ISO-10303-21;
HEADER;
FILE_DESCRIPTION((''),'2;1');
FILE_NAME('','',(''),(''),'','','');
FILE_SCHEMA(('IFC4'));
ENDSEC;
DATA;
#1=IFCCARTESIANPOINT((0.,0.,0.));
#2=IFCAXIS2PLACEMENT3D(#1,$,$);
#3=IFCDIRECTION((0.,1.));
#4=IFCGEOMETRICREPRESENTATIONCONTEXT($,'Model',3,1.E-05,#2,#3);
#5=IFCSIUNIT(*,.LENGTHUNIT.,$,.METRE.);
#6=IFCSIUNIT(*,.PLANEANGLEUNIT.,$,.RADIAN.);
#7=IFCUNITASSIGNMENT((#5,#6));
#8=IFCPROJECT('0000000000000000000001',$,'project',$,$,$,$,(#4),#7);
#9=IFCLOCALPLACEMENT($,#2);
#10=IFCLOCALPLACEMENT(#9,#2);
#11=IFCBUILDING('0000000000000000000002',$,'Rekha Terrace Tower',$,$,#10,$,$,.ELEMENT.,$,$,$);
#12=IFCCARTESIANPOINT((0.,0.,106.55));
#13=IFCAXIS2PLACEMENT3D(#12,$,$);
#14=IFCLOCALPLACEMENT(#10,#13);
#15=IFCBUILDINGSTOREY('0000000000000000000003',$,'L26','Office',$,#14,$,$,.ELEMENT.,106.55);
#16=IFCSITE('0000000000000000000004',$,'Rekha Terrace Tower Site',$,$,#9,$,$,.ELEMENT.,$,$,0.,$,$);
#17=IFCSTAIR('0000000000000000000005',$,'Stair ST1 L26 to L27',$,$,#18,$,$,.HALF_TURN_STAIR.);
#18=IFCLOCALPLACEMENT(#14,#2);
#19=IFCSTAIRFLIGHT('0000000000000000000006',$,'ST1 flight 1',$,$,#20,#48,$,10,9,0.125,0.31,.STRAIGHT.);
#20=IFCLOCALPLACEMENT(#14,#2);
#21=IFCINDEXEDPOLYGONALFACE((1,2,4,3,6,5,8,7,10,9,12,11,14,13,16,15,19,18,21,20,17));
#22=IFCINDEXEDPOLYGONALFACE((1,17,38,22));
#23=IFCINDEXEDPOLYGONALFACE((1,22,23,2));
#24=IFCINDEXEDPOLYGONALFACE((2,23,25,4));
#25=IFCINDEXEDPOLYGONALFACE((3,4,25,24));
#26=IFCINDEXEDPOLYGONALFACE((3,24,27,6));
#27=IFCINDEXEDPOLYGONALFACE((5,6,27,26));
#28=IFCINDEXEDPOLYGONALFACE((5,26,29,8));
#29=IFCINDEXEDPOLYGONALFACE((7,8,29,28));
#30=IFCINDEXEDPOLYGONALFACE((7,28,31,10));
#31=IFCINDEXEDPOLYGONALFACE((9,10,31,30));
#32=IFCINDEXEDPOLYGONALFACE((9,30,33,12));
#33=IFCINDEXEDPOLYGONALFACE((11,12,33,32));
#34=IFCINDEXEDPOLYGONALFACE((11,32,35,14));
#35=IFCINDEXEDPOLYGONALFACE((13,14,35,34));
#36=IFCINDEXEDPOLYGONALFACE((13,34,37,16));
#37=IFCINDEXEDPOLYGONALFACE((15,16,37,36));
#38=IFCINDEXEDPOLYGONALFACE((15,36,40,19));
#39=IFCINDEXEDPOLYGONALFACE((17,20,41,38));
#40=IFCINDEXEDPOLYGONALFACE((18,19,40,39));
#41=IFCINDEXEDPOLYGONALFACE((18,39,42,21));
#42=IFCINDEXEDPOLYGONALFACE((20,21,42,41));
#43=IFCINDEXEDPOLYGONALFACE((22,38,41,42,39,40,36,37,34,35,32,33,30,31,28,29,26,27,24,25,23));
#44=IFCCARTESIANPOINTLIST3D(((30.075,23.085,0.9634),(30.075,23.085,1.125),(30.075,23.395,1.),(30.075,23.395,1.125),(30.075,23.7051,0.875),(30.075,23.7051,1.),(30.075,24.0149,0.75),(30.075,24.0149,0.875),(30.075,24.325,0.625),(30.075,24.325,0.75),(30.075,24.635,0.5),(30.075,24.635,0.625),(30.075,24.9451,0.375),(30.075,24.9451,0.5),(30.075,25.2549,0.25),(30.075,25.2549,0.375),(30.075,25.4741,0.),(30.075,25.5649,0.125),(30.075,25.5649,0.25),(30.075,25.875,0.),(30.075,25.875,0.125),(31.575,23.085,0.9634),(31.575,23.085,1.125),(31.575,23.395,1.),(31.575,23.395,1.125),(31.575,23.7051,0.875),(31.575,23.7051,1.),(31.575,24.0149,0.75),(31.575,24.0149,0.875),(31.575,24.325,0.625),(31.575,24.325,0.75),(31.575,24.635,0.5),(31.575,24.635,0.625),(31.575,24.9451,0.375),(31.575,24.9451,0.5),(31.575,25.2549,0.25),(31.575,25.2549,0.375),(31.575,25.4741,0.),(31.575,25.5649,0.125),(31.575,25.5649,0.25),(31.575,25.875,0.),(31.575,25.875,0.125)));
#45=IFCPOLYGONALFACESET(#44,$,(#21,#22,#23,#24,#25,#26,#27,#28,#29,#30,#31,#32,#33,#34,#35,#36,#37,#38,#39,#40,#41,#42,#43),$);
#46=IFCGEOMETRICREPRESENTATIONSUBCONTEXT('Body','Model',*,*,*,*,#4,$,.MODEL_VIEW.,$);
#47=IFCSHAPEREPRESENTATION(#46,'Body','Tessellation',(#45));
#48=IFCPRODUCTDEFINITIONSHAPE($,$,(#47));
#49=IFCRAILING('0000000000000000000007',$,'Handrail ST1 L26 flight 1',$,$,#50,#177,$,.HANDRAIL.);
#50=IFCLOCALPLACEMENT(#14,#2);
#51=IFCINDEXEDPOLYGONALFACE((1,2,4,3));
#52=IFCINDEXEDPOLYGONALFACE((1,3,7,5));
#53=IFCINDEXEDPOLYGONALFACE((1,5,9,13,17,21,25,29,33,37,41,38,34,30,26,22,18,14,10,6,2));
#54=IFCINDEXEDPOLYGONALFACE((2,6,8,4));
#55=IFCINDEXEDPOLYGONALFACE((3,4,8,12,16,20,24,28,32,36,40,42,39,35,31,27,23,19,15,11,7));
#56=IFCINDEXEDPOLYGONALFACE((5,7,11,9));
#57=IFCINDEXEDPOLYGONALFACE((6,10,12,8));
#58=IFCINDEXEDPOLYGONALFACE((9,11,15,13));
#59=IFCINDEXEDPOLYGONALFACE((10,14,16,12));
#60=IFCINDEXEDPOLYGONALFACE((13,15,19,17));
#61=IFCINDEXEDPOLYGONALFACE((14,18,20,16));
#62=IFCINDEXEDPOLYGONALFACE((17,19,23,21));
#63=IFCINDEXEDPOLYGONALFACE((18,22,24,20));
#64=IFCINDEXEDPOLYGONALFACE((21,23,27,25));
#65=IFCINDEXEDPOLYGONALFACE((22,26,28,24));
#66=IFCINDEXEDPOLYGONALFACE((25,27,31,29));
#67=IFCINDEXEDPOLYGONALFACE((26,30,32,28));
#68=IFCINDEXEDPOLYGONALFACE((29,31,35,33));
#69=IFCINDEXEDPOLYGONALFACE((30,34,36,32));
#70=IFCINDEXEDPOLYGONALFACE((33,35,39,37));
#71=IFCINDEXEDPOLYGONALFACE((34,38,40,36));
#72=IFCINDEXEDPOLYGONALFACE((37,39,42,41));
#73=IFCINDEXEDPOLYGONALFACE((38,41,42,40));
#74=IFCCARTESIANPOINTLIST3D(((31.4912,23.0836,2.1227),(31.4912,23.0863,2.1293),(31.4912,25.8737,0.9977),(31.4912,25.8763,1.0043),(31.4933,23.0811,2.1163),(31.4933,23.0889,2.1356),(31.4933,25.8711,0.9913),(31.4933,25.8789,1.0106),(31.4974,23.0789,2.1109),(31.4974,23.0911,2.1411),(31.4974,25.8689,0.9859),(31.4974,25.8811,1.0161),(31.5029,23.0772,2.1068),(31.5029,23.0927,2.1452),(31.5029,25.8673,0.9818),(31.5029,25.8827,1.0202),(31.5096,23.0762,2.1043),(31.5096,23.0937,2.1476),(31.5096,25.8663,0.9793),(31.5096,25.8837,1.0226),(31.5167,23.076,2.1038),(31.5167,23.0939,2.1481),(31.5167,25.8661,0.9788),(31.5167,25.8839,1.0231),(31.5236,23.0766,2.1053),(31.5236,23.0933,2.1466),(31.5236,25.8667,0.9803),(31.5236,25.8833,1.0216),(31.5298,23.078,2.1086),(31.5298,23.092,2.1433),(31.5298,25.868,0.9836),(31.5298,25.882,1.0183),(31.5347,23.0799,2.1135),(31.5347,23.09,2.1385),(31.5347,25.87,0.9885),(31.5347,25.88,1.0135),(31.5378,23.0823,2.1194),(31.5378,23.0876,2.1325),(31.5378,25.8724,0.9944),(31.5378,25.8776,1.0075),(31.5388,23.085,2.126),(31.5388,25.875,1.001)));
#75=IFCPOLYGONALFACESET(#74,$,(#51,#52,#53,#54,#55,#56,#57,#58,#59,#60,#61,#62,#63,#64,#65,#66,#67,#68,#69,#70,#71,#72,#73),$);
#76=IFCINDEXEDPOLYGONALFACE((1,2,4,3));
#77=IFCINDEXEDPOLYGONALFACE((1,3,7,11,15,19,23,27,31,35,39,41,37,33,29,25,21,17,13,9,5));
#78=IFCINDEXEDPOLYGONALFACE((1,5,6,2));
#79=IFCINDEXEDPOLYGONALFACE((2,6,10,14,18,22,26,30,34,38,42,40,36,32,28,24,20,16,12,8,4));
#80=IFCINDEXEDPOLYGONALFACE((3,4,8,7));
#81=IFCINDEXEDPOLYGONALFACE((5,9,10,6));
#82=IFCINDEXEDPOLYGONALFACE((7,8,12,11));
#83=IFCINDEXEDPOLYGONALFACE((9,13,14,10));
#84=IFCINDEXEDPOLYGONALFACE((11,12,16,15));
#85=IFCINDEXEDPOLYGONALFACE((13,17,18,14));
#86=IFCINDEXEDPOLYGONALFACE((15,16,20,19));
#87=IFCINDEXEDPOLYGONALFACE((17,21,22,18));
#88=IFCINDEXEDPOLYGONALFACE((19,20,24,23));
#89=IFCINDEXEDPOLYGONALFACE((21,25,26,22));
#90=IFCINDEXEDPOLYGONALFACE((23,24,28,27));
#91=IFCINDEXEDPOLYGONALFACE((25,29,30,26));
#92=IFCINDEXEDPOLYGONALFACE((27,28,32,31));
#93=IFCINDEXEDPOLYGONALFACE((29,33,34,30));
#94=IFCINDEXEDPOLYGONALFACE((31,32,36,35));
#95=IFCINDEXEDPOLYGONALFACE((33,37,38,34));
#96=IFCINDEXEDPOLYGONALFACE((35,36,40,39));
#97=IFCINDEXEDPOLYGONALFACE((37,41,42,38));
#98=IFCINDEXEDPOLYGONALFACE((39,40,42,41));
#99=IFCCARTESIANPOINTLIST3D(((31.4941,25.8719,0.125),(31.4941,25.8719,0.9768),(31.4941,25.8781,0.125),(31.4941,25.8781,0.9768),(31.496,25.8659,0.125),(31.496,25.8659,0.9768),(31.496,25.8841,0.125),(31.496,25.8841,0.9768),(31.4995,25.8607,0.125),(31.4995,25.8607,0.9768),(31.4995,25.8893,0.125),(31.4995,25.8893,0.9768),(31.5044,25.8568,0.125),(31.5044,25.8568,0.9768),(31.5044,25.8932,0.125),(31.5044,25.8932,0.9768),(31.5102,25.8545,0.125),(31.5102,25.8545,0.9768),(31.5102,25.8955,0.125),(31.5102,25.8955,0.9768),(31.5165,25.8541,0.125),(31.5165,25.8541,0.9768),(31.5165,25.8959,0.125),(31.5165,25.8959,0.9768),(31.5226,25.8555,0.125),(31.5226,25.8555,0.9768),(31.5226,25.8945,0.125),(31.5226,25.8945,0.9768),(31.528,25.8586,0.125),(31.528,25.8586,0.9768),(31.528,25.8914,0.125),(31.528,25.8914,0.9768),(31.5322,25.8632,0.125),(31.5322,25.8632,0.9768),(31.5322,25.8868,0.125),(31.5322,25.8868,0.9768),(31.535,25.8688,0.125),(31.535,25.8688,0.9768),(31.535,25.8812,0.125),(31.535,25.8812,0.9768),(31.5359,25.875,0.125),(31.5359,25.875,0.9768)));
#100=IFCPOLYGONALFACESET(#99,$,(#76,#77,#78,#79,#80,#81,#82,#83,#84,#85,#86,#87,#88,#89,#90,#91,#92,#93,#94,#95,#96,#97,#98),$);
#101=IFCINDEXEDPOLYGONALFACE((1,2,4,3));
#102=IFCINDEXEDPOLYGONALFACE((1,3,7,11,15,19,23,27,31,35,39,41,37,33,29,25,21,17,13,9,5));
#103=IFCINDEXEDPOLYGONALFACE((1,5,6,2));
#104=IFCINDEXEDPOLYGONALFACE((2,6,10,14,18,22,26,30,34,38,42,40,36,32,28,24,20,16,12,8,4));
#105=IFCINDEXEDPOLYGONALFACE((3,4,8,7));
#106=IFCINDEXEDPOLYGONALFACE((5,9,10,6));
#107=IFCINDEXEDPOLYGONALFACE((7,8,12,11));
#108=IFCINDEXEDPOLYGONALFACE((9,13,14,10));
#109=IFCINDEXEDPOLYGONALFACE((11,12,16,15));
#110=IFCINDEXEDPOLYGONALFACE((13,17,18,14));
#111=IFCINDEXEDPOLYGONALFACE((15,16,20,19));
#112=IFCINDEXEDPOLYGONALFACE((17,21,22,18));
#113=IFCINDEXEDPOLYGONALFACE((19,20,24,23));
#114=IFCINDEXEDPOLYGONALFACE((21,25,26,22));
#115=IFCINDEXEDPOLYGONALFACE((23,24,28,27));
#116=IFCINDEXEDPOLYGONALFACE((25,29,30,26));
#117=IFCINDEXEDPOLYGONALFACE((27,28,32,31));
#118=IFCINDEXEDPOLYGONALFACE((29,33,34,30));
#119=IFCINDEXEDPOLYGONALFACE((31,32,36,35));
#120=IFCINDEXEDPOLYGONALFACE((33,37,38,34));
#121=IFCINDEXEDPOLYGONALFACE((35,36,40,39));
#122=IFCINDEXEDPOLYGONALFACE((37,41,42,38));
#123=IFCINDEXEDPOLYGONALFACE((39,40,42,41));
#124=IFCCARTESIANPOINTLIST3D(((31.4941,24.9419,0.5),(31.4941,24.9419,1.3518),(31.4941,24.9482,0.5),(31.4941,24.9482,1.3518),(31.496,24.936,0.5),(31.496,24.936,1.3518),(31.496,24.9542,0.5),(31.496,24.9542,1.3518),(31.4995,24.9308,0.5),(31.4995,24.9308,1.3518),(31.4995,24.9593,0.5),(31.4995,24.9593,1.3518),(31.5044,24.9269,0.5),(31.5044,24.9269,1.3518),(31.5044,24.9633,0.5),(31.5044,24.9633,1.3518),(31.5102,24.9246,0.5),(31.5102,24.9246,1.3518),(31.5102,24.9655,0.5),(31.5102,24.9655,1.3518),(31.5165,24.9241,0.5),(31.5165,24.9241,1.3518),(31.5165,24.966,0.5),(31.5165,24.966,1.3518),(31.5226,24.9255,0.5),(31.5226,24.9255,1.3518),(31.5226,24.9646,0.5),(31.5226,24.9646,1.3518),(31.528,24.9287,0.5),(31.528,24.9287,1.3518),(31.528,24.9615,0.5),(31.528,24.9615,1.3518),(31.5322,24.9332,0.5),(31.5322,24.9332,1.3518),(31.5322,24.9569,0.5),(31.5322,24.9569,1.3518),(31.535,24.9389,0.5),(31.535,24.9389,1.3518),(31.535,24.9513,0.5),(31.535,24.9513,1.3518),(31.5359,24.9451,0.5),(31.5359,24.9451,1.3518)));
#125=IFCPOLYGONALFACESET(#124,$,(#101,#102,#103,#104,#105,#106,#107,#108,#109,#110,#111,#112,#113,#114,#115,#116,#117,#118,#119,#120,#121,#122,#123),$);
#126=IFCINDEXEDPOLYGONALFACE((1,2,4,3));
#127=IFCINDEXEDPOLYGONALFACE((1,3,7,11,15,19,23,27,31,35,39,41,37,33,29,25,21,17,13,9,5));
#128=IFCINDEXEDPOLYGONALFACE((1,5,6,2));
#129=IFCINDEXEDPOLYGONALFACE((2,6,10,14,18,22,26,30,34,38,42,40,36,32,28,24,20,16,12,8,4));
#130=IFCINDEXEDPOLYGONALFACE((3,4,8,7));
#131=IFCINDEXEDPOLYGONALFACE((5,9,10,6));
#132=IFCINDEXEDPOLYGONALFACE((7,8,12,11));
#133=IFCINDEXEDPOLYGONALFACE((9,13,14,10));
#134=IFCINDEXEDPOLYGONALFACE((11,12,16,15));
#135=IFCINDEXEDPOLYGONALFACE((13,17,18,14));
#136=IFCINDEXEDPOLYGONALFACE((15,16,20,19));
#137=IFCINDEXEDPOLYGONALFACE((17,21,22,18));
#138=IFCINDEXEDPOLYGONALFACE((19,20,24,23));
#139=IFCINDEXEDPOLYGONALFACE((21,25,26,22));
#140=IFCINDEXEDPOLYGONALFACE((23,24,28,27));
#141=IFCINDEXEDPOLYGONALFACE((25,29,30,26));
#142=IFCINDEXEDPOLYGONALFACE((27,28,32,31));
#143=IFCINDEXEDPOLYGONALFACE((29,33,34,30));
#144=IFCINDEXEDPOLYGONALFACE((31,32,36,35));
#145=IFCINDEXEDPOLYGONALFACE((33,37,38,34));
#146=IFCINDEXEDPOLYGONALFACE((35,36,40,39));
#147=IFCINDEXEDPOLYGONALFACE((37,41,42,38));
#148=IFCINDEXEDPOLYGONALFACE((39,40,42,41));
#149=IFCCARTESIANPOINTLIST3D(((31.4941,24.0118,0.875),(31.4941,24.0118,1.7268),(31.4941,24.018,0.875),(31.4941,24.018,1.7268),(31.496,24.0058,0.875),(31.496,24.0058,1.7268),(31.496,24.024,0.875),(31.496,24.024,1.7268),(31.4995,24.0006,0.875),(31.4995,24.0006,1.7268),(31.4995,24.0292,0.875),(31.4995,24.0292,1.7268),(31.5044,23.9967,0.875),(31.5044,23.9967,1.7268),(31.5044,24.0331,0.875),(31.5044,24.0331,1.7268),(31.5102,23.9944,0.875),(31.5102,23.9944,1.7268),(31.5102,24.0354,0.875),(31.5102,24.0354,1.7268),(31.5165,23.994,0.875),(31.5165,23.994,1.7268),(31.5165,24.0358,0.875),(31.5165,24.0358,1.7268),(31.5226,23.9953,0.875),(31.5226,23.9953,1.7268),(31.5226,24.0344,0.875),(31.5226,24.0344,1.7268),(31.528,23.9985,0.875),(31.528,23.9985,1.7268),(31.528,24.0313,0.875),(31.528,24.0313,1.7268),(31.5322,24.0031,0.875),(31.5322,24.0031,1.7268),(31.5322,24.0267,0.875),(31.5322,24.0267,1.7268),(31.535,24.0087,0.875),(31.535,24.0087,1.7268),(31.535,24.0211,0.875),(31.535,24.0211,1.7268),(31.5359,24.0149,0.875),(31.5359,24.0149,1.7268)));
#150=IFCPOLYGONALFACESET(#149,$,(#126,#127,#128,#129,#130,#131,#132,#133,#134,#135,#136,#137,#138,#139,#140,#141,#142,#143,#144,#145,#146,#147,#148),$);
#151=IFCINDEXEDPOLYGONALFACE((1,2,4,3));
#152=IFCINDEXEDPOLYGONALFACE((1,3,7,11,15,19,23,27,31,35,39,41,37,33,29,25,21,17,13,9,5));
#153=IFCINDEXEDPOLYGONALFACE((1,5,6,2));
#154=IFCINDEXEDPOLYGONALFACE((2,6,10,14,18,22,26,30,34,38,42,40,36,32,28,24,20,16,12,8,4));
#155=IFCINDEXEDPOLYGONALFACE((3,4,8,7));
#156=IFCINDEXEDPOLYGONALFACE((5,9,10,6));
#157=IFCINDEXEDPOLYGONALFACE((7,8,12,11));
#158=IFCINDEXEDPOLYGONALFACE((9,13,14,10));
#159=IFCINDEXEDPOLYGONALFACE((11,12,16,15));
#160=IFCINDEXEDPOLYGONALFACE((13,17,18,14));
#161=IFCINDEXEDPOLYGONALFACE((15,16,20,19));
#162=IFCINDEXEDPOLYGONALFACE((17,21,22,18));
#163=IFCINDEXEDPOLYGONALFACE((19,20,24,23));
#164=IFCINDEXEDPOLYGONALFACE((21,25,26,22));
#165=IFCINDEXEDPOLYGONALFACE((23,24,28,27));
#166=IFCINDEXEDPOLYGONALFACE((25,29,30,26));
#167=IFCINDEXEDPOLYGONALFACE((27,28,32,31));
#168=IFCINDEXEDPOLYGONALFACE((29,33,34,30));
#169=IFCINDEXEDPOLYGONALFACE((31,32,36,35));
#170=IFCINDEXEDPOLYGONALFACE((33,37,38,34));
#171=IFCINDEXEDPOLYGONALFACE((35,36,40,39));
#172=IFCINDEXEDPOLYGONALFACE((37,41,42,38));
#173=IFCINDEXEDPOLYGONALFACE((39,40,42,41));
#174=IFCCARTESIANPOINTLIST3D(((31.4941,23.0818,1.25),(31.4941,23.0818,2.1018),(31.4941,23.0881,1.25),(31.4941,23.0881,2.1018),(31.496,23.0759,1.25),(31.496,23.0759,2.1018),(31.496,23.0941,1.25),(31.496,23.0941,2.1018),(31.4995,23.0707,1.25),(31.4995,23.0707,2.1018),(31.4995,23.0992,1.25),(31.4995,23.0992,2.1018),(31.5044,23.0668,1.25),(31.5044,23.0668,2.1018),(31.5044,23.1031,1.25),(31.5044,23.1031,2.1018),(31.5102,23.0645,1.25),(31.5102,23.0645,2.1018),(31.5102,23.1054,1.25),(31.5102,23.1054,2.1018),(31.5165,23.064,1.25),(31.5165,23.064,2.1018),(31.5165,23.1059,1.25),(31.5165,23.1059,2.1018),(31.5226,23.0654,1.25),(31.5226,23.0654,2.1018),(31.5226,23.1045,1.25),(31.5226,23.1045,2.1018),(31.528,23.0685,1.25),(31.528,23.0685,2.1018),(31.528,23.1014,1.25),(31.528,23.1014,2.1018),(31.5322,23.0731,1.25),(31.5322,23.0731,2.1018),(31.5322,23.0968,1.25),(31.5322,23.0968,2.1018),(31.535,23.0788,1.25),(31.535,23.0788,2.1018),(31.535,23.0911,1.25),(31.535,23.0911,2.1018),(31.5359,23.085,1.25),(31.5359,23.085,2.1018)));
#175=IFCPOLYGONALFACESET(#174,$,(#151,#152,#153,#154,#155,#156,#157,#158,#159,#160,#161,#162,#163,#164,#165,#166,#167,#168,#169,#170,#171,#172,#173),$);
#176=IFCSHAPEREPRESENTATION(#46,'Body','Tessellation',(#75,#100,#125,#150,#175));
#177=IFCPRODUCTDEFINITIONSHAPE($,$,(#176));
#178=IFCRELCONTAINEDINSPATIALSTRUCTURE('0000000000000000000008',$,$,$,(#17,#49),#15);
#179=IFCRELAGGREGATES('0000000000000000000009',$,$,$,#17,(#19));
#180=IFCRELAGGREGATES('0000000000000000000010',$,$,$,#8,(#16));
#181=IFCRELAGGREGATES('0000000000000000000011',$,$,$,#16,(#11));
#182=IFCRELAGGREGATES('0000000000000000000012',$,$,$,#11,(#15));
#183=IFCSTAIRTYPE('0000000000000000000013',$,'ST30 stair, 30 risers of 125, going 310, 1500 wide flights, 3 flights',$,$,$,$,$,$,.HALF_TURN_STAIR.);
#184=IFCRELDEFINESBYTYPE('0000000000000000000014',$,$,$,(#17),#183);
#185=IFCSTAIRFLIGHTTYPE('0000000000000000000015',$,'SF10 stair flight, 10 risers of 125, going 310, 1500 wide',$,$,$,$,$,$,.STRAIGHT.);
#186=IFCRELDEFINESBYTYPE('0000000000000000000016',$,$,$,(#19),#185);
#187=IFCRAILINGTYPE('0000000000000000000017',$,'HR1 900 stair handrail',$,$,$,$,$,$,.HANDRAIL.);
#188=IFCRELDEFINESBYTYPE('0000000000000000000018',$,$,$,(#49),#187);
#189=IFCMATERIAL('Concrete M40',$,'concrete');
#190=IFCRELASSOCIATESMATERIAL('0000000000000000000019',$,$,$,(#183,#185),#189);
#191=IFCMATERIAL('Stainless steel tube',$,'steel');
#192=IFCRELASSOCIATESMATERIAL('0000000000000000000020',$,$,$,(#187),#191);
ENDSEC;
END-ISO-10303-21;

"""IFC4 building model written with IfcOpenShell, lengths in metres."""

from ifc_helpers import new_model, si_unit, direction, frame, origin, origin_2d, place, context, subcontext, project, spatial, polyline, circle, outline, extrude, material, type_object, element, aggregate, save


model = new_model("IFC4")

# Units and contexts
model_context = context("Model", 3, precision=1e-05, world=origin(), true_north=direction((0.0, 1.0)))
body_context = subcontext(model_context, "Body", "Model", "MODEL_VIEW")
ifc_project = project(units=[si_unit("LENGTHUNIT", "METRE"), si_unit("PLANEANGLEUNIT", "RADIAN")], contexts=[model_context])

# Site, building, storey
site_placement = place(None, origin())
site = spatial("IfcSite", under=ifc_project, at=site_placement, Name="Rekha Terrace Tower Site", CompositionType="ELEMENT", RefElevation=0.0)
building_placement = place(site_placement, origin())
building = spatial("IfcBuilding", under=site, at=building_placement, Name="Rekha Terrace Tower", CompositionType="ELEMENT")
storey_placement = place(building_placement, frame((0.0, 0.0, 106.55)))
storey = spatial("IfcBuildingStorey", under=building, at=storey_placement, Name="L26", Description="Office", CompositionType="ELEMENT", Elevation=106.55)

# Stair, stair flight
ifc_material_1 = material(Name="Concrete M40", Category="concrete")
stair_type = type_object("IfcStairType", Name="ST30 stair, 30 risers of 125, going 310, 1500 wide flights, 3 flights", PredefinedType="HALF_TURN_STAIR", material=ifc_material_1)
stair_placement = place(storey_placement, origin())
stair = element("IfcStair", 1, at=stair_placement, inside=storey, type_object=stair_type, Name="Stair ST1 L26 to L27", PredefinedType="HALF_TURN_STAIR")
stair_flight_type = type_object("IfcStairFlightType", Name="SF10 stair flight, 10 risers of 125, going 310, 1500 wide", PredefinedType="STRAIGHT", material=ifc_material_1)
stair_flight_placement = place(storey_placement, frame((30.825, 25.875, 0.0), z_axis=(0.0, 0.0, 1.0), x_axis=(0.0, -1.0, 0.0)))
stair_flight = element("IfcStairFlight", 2, at=stair_flight_placement, type_object=stair_flight_type, Name="ST1 flight 1", NumberOfRisers=10, NumberOfTreads=9, PredefinedType="STRAIGHT", RiserHeight=0.125, TreadLength=0.31, context=body_context, shape_type="SweptSolid", body=[
    extrude(outline(polyline([(0.0, 0.0), (0.0, 0.125), (0.3101, 0.125), (0.3101, 0.25), (0.6201, 0.25), (0.6201, 0.375), (0.9299, 0.375), (0.9299, 0.5), (1.24, 0.5), (1.24, 0.625), (1.55, 0.625), (1.55, 0.75), (1.8601, 0.75), (1.8601, 0.875), (2.1699, 0.875), (2.1699, 1.0), (2.48, 1.0), (2.48, 1.125), (2.79, 1.125), (2.79, 1.25), (2.79, 0.9634), (0.4009, 0.0), (0.0, 0.0)])), frame((0.0, 0.75, 0.0), z_axis=(0.0, -1.0, 0.0), x_axis=(1.0, 0.0, 0.0)), (0.0, 0.0, 1.0), 1.5),
])
aggregate(stair, [stair_flight])

# Railing
ifc_material_2 = material(Name="Stainless steel tube", Category="steel")
railing_type = type_object("IfcRailingType", Name="HR1 900 stair handrail", PredefinedType="HANDRAIL", material=ifc_material_2)
railing_placement = place(storey_placement, frame((31.5149, 25.875, 0.125)))
element("IfcRailing", 3, at=railing_placement, inside=storey, type_object=railing_type, Name="Handrail ST1 L26 flight 1", PredefinedType="HANDRAIL", context=body_context, shape_type="SweptSolid", body=[
    extrude(circle(Radius=0.0239, at=origin_2d()), frame((0.0, 0.0, 0.876), z_axis=(0.0, -0.927443, 0.373964), x_axis=(1.0, 0.0, 0.0)), (0.0, 0.0, 1.0), 3.0083),
    extrude(circle(Radius=0.021, at=origin_2d()), origin(), (0.0, 0.0, 1.0), 0.8518),
    extrude(circle(Radius=0.021, at=origin_2d()), frame((0.0, -0.9299, 0.375)), (0.0, 0.0, 1.0), 0.8518),
    extrude(circle(Radius=0.021, at=origin_2d()), frame((0.0, -1.8601, 0.75)), (0.0, 0.0, 1.0), 0.8518),
    extrude(circle(Radius=0.021, at=origin_2d()), frame((0.0, -2.79, 1.125)), (0.0, 0.0, 1.0), 0.8518),
])

save(model, "model.ifc")
